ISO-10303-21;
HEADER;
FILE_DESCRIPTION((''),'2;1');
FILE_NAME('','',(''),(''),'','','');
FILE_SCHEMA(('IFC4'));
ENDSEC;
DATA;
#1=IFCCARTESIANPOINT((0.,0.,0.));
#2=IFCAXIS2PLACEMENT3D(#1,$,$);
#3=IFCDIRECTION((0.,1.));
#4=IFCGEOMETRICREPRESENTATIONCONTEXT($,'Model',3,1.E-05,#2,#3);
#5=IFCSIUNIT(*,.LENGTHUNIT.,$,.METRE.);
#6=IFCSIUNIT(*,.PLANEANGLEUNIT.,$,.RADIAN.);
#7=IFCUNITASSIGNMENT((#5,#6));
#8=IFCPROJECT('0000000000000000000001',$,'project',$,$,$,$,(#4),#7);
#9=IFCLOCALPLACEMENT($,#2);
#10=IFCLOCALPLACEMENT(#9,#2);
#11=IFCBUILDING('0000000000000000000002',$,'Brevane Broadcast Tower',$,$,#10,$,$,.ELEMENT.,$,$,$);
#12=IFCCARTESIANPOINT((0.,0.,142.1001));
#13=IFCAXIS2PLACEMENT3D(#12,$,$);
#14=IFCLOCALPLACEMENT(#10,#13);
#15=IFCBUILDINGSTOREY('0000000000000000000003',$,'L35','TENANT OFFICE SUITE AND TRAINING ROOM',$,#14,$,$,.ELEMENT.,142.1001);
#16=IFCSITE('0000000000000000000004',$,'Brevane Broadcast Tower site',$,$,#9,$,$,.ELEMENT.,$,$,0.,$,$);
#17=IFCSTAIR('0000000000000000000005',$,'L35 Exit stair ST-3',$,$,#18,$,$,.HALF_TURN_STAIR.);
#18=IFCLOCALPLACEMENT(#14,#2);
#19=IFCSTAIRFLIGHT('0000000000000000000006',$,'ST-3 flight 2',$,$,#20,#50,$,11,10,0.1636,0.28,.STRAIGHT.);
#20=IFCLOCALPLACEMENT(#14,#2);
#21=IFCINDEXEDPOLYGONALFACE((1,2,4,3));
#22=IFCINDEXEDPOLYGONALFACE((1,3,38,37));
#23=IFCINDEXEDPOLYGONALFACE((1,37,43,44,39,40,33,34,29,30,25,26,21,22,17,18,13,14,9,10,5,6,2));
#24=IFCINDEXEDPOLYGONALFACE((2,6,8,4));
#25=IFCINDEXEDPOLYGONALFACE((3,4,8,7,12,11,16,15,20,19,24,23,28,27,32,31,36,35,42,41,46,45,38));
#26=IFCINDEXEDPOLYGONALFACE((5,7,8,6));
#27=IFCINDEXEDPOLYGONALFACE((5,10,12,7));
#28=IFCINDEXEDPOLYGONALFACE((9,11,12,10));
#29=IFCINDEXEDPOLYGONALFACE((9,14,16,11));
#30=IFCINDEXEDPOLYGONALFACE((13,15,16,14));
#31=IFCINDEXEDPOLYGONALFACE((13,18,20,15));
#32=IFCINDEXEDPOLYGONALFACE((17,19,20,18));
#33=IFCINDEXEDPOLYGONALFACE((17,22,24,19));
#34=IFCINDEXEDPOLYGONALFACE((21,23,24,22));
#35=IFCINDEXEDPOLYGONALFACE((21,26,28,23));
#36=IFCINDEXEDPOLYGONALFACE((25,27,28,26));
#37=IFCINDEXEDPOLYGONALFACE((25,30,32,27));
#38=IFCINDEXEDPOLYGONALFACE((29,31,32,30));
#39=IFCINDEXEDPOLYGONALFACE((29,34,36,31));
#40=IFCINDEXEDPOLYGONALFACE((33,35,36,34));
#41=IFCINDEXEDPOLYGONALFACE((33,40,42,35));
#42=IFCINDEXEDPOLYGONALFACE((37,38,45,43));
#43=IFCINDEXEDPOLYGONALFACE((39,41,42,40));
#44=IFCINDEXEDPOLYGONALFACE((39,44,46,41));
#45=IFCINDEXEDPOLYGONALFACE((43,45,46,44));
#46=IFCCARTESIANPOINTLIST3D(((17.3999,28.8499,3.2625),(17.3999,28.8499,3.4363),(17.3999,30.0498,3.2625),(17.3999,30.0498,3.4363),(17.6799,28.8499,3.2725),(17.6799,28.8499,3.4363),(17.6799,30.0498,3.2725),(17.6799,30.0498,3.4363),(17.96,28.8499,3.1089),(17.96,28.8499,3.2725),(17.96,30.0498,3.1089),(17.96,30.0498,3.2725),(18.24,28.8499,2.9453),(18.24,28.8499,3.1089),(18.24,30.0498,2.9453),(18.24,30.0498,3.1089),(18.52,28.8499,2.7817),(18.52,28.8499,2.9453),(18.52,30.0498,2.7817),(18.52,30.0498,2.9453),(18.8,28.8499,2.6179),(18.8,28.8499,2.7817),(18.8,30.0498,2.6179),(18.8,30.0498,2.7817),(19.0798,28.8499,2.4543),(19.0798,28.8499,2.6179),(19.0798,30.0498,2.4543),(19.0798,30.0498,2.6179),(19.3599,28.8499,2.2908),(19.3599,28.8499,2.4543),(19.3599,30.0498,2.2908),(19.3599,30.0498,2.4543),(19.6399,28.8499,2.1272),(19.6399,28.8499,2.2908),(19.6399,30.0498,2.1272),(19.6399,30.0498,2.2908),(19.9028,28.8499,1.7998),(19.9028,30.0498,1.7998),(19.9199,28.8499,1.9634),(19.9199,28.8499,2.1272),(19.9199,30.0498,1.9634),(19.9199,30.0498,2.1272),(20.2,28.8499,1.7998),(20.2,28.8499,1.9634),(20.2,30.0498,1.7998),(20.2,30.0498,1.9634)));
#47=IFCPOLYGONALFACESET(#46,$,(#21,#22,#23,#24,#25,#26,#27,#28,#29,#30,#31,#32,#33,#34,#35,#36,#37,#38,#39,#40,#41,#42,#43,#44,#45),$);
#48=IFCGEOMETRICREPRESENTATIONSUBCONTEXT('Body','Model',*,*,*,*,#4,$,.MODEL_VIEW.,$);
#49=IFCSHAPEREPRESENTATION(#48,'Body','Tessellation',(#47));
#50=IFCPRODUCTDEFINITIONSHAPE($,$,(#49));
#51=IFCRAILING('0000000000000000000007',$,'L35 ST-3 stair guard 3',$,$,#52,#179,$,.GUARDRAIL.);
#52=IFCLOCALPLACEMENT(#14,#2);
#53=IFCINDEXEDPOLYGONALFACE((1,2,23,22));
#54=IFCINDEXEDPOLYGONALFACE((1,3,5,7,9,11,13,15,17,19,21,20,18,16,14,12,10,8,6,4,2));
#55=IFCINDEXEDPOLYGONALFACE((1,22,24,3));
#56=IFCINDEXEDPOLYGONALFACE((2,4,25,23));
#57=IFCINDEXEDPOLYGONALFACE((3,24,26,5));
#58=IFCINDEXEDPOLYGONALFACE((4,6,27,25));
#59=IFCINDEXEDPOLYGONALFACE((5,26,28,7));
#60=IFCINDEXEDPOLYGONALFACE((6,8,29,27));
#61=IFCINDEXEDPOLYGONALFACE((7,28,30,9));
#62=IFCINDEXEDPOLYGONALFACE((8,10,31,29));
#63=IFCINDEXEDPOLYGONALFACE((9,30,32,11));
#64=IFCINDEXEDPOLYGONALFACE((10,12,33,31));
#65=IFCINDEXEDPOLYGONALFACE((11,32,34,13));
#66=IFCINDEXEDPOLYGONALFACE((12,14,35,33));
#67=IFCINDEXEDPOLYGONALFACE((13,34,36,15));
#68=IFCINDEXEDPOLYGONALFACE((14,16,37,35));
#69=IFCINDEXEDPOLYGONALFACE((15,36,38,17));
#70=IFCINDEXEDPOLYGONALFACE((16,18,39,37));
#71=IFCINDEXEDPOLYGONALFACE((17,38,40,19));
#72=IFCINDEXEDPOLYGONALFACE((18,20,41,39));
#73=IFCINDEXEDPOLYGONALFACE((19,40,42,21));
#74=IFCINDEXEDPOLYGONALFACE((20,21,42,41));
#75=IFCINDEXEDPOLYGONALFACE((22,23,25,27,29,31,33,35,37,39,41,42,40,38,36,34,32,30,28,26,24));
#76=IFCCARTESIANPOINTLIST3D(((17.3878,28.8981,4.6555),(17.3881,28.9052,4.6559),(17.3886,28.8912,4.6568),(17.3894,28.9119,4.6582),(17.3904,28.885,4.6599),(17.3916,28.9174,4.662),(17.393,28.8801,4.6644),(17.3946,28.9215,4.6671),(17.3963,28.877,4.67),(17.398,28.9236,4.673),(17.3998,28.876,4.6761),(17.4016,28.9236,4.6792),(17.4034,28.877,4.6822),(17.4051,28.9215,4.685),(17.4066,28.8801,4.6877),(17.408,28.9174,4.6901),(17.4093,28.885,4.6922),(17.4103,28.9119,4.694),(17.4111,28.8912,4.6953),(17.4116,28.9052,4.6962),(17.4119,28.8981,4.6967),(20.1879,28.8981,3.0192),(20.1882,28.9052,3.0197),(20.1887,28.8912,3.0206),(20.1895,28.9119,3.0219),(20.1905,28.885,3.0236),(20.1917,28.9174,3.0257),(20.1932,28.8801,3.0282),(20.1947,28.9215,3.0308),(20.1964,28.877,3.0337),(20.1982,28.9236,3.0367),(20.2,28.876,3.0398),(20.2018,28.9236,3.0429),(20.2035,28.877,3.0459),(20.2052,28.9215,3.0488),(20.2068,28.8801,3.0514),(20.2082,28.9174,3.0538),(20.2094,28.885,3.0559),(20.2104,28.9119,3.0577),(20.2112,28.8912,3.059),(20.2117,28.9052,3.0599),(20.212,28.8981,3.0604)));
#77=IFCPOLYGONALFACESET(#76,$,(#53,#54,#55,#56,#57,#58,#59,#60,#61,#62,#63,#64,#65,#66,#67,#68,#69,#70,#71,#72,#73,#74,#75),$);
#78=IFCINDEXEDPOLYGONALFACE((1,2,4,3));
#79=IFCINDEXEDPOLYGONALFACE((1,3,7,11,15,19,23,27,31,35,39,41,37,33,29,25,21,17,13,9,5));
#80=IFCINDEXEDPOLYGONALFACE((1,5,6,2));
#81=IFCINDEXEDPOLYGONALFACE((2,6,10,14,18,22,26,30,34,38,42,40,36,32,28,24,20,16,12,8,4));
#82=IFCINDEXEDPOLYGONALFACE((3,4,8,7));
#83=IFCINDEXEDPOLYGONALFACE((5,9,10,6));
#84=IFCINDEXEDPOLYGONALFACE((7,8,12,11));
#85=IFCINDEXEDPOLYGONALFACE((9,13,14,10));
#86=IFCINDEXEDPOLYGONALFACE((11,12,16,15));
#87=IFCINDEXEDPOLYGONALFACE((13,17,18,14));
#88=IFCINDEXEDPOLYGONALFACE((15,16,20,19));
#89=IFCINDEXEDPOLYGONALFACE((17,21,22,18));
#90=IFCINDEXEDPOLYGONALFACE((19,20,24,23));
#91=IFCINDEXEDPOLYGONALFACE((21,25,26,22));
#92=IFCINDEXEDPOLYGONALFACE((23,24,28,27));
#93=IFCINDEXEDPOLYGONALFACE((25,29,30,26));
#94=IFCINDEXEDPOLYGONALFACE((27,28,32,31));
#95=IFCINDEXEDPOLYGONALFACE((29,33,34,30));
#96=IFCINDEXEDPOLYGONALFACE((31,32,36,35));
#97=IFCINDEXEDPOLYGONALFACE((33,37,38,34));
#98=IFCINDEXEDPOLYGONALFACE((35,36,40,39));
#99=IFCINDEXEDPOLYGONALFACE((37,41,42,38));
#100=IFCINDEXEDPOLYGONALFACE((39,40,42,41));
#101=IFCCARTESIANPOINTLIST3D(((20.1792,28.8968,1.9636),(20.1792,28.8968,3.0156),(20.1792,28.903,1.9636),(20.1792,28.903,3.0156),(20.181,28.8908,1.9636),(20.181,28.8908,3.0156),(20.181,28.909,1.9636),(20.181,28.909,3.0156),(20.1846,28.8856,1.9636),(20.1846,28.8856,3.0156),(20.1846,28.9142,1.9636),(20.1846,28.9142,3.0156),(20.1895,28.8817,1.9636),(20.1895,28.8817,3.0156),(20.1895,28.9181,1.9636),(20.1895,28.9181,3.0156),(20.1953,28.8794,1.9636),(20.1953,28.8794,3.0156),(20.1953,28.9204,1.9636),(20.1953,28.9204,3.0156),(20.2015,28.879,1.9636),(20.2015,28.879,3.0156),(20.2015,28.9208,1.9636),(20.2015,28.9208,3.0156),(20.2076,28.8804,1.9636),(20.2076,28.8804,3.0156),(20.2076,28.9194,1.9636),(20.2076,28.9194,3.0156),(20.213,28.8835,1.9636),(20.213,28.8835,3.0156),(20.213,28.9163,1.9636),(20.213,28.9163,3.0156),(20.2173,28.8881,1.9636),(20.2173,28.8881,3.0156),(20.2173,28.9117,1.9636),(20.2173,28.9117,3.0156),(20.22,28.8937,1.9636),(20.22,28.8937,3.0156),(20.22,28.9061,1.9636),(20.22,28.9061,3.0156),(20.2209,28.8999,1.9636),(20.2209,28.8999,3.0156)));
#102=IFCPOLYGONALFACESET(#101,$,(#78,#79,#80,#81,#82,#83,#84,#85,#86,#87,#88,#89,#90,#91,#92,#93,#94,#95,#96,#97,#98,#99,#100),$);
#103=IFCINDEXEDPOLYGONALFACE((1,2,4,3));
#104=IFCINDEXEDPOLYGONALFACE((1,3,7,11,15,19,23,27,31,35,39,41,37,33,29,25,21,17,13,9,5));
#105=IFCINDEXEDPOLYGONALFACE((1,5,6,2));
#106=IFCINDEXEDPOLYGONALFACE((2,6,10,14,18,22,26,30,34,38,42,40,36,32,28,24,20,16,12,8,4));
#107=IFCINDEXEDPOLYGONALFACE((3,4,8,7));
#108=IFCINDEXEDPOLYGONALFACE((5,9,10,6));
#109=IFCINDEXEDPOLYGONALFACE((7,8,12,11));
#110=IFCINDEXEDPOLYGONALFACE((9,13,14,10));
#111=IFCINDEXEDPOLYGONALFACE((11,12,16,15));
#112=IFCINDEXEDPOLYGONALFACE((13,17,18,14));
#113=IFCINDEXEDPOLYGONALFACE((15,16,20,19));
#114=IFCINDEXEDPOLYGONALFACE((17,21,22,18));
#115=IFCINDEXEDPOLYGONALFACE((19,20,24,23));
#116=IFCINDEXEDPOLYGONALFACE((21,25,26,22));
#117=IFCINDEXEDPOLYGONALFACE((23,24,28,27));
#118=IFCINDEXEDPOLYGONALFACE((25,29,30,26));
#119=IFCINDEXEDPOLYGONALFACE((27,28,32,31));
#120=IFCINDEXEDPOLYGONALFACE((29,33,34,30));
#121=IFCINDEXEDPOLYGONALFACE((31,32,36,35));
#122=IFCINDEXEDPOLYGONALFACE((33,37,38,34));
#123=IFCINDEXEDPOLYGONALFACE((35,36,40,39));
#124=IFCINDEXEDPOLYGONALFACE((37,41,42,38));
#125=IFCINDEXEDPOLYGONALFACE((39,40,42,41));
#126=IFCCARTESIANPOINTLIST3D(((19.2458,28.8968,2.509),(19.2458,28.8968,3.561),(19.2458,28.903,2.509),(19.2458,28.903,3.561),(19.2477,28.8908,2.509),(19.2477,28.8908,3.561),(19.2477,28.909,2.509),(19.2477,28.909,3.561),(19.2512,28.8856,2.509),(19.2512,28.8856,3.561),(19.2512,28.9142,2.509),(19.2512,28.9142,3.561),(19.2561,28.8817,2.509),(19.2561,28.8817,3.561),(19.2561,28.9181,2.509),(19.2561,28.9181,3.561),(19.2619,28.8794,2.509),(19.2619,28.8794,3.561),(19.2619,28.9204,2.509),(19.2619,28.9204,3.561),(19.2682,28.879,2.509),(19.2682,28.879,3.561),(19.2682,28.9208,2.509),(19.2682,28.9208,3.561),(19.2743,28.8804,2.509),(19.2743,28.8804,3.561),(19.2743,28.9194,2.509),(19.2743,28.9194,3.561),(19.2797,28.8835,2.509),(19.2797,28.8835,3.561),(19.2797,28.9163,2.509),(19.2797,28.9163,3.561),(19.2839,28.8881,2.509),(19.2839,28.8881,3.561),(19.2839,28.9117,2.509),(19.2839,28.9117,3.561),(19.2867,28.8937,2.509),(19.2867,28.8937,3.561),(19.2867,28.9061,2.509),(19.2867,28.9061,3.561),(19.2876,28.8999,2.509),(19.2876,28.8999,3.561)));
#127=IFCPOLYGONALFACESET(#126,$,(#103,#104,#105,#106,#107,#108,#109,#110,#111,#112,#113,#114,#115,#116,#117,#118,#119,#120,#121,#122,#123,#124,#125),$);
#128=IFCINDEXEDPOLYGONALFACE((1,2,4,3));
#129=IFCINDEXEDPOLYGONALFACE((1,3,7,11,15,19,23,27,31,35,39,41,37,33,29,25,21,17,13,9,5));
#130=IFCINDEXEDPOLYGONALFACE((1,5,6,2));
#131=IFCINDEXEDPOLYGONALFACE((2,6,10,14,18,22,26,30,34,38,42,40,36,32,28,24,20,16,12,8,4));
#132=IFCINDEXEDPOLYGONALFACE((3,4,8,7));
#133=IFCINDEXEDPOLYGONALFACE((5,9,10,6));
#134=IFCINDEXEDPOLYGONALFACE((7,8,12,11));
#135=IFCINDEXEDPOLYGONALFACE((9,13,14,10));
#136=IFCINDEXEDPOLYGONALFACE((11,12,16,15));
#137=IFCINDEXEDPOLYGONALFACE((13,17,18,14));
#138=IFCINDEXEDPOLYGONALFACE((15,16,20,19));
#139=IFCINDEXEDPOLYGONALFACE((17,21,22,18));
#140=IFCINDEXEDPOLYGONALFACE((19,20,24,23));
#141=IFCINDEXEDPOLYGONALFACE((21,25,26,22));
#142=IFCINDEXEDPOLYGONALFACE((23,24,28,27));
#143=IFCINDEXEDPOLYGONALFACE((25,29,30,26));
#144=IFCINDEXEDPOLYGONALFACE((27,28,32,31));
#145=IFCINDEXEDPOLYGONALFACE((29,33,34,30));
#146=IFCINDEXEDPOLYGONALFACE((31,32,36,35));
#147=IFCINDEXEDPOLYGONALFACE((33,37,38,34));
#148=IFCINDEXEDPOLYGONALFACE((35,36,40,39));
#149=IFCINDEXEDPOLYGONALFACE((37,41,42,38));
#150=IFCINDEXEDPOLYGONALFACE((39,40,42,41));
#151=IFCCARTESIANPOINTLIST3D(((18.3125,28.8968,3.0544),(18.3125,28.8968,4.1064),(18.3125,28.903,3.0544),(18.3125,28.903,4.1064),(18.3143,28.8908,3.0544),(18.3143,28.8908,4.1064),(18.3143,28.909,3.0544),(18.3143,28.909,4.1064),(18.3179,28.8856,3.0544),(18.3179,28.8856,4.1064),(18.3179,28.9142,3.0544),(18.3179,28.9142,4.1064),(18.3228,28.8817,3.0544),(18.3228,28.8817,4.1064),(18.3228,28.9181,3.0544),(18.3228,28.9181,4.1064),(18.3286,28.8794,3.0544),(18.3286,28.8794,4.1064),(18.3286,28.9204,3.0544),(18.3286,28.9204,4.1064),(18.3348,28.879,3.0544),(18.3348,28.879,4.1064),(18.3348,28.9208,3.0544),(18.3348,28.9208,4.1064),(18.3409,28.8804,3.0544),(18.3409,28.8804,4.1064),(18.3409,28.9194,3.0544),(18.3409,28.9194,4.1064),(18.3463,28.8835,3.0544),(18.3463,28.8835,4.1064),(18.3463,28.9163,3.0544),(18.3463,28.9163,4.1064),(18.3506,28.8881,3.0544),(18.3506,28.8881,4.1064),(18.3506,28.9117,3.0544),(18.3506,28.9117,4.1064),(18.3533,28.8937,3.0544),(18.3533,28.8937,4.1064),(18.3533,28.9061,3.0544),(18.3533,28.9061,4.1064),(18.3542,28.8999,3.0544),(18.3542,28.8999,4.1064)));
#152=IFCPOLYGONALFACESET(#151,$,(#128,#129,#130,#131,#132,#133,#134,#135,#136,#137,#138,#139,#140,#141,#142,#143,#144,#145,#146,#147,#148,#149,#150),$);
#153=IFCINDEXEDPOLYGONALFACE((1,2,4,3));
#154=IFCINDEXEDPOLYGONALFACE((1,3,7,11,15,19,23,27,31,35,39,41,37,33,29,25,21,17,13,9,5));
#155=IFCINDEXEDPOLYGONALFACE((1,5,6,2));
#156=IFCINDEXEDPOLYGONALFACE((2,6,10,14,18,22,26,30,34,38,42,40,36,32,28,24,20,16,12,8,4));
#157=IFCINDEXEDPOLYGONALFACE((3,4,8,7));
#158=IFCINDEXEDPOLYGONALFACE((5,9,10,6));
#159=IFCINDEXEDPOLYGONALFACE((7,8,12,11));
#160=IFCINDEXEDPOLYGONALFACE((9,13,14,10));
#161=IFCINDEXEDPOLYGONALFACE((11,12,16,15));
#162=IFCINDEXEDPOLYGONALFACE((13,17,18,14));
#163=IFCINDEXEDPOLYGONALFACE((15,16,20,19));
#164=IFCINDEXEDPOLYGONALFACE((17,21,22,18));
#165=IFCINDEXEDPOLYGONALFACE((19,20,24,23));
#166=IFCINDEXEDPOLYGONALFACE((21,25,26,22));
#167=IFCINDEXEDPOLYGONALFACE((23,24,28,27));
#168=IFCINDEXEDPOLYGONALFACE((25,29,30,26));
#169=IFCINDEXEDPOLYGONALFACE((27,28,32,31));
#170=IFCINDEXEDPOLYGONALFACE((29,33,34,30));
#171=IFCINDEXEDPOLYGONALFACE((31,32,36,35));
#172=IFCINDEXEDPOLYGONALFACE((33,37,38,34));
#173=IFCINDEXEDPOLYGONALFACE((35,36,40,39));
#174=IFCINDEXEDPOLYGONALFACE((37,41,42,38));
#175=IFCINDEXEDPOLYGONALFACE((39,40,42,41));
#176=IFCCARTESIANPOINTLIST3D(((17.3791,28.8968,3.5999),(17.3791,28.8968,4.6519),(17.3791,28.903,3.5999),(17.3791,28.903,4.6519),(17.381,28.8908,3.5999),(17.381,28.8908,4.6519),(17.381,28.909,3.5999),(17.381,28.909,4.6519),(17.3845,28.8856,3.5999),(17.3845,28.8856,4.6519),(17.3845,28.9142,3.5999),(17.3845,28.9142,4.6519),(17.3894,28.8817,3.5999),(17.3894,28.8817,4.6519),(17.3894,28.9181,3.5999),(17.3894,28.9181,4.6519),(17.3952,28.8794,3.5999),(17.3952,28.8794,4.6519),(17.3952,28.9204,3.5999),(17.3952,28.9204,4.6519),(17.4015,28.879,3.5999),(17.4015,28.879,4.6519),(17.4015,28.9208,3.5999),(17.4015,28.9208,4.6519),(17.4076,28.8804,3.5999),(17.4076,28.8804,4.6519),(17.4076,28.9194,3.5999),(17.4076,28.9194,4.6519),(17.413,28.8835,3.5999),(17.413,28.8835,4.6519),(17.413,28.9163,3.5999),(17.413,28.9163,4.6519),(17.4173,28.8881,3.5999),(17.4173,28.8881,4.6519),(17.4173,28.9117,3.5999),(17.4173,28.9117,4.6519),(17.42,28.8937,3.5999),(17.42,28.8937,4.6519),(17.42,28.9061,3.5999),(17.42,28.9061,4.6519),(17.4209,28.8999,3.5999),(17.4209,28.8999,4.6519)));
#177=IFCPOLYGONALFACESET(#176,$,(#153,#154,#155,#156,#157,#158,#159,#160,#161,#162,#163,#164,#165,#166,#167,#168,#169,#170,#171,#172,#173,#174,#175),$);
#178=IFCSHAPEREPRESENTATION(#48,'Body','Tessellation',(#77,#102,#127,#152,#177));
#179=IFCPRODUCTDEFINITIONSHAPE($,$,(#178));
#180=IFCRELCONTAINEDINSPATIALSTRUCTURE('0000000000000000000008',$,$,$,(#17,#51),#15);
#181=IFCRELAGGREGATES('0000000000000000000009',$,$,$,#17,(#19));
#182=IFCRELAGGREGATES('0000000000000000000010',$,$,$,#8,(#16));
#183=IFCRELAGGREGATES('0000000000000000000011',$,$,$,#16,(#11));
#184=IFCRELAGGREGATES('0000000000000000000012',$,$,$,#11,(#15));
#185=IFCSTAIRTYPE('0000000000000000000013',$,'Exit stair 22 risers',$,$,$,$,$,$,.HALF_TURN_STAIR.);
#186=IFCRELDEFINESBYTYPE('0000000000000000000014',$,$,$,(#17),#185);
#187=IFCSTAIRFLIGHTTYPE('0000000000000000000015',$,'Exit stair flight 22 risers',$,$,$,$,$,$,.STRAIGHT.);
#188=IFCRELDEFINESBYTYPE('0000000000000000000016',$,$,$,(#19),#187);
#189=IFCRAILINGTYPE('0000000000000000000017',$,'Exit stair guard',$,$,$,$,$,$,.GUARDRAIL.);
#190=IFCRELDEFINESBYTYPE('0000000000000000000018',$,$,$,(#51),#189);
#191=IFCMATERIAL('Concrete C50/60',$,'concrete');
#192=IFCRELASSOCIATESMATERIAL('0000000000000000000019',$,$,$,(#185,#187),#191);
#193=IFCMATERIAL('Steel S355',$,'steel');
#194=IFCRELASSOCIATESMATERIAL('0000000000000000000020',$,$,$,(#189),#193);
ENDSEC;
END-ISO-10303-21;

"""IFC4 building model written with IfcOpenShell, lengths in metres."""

from ifc_helpers import new_model, si_unit, direction, frame, origin, origin_2d, place, context, subcontext, project, spatial, polyline, circle, outline, extrude, material, type_object, element, aggregate, save


model = new_model("IFC4")

# Units and contexts
model_context = context("Model", 3, precision=1e-05, world=origin(), true_north=direction((0.0, 1.0)))
body_context = subcontext(model_context, "Body", "Model", "MODEL_VIEW")
ifc_project = project(units=[si_unit("LENGTHUNIT", "METRE"), si_unit("PLANEANGLEUNIT", "RADIAN")], contexts=[model_context])

# Site, building, storey
site_placement = place(None, origin())
site = spatial("IfcSite", under=ifc_project, at=site_placement, Name="Brevane Broadcast Tower site", CompositionType="ELEMENT", RefElevation=0.0)
building_placement = place(site_placement, origin())
building = spatial("IfcBuilding", under=site, at=building_placement, Name="Brevane Broadcast Tower", CompositionType="ELEMENT")
storey_placement = place(building_placement, frame((0.0, 0.0, 142.1001)))
storey = spatial("IfcBuildingStorey", under=building, at=storey_placement, Name="L35", Description="TENANT OFFICE SUITE AND TRAINING ROOM", CompositionType="ELEMENT", Elevation=142.1001)

# Stair, stair flight
ifc_material_1 = material(Name="Concrete C50/60", Category="concrete")
stair_type = type_object("IfcStairType", Name="Exit stair 22 risers", PredefinedType="HALF_TURN_STAIR", material=ifc_material_1)
stair_placement = place(storey_placement, origin())
stair = element("IfcStair", 1, at=stair_placement, inside=storey, type_object=stair_type, Name="L35 Exit stair ST-3", PredefinedType="HALF_TURN_STAIR")
stair_flight_type = type_object("IfcStairFlightType", Name="Exit stair flight 22 risers", PredefinedType="STRAIGHT", material=ifc_material_1)
stair_flight_placement = place(storey_placement, frame((20.2, 29.45, 1.7998), z_axis=(0.0, 0.0, 1.0), x_axis=(-1.0, 0.0, 0.0)))
stair_flight = element("IfcStairFlight", 2, at=stair_flight_placement, type_object=stair_flight_type, Name="ST-3 flight 2", NumberOfRisers=11, NumberOfTreads=10, PredefinedType="STRAIGHT", RiserHeight=0.1636, TreadLength=0.28, context=body_context, shape_type="SweptSolid", body=[
    extrude(outline(polyline([(0.0, 0.0), (0.0, 0.1636), (0.28, 0.1636), (0.28, 0.3274), (0.5601, 0.3274), (0.5601, 0.491), (0.8401, 0.491), (0.8401, 0.6545), (1.1201, 0.6545), (1.1201, 0.8181), (1.3999, 0.8181), (1.3999, 0.9819), (1.6799, 0.9819), (1.6799, 1.1455), (1.96, 1.1455), (1.96, 1.3091), (2.24, 1.3091), (2.24, 1.4727), (2.52, 1.4727), (2.52, 1.6365), (2.8, 1.6365), (2.8, 1.8), (2.8, 1.4626), (0.2971, 0.0), (0.0, 0.0)])), frame((0.0, 0.6001, 0.0), z_axis=(0.0, -1.0, 0.0), x_axis=(1.0, 0.0, 0.0)), (0.0, 0.0, 1.0), 1.2),
])
aggregate(stair, [stair_flight])

# Railing
ifc_material_2 = material(Name="Steel S355", Category="steel")
railing_type_1 = type_object("IfcRailingType", Name="Exit stair guard", PredefinedType="GUARDRAIL", material=ifc_material_2)
railing_1_placement = place(storey_placement, frame((20.2, 28.8999, 1.9636)))
element("IfcRailing", 3, at=railing_1_placement, inside=storey, type_object=railing_type_1, Name="L35 ST-3 stair guard 3", PredefinedType="GUARDRAIL", context=body_context, shape_type="SweptSolid", body=[
    extrude(circle(Radius=0.0239, at=origin_2d()), frame((0.0, 0.0, 1.0762), z_axis=(-0.863394, 0.0, 0.504531), x_axis=(0.0, -1.0, 0.0)), (0.0, 0.0, 1.0), 3.2432),
    extrude(circle(Radius=0.021, at=origin_2d()), origin(), (0.0, 0.0, 1.0), 1.052),
    extrude(circle(Radius=0.021, at=origin_2d()), frame((-0.9333, 0.0, 0.5454)), (0.0, 0.0, 1.0), 1.052),
    extrude(circle(Radius=0.021, at=origin_2d()), frame((-1.8667, 0.0, 1.0908)), (0.0, 0.0, 1.0), 1.052),
    extrude(circle(Radius=0.021, at=origin_2d()), frame((-2.8, 0.0, 1.6362)), (0.0, 0.0, 1.0), 1.052),
])

save(model, "model.ifc")
